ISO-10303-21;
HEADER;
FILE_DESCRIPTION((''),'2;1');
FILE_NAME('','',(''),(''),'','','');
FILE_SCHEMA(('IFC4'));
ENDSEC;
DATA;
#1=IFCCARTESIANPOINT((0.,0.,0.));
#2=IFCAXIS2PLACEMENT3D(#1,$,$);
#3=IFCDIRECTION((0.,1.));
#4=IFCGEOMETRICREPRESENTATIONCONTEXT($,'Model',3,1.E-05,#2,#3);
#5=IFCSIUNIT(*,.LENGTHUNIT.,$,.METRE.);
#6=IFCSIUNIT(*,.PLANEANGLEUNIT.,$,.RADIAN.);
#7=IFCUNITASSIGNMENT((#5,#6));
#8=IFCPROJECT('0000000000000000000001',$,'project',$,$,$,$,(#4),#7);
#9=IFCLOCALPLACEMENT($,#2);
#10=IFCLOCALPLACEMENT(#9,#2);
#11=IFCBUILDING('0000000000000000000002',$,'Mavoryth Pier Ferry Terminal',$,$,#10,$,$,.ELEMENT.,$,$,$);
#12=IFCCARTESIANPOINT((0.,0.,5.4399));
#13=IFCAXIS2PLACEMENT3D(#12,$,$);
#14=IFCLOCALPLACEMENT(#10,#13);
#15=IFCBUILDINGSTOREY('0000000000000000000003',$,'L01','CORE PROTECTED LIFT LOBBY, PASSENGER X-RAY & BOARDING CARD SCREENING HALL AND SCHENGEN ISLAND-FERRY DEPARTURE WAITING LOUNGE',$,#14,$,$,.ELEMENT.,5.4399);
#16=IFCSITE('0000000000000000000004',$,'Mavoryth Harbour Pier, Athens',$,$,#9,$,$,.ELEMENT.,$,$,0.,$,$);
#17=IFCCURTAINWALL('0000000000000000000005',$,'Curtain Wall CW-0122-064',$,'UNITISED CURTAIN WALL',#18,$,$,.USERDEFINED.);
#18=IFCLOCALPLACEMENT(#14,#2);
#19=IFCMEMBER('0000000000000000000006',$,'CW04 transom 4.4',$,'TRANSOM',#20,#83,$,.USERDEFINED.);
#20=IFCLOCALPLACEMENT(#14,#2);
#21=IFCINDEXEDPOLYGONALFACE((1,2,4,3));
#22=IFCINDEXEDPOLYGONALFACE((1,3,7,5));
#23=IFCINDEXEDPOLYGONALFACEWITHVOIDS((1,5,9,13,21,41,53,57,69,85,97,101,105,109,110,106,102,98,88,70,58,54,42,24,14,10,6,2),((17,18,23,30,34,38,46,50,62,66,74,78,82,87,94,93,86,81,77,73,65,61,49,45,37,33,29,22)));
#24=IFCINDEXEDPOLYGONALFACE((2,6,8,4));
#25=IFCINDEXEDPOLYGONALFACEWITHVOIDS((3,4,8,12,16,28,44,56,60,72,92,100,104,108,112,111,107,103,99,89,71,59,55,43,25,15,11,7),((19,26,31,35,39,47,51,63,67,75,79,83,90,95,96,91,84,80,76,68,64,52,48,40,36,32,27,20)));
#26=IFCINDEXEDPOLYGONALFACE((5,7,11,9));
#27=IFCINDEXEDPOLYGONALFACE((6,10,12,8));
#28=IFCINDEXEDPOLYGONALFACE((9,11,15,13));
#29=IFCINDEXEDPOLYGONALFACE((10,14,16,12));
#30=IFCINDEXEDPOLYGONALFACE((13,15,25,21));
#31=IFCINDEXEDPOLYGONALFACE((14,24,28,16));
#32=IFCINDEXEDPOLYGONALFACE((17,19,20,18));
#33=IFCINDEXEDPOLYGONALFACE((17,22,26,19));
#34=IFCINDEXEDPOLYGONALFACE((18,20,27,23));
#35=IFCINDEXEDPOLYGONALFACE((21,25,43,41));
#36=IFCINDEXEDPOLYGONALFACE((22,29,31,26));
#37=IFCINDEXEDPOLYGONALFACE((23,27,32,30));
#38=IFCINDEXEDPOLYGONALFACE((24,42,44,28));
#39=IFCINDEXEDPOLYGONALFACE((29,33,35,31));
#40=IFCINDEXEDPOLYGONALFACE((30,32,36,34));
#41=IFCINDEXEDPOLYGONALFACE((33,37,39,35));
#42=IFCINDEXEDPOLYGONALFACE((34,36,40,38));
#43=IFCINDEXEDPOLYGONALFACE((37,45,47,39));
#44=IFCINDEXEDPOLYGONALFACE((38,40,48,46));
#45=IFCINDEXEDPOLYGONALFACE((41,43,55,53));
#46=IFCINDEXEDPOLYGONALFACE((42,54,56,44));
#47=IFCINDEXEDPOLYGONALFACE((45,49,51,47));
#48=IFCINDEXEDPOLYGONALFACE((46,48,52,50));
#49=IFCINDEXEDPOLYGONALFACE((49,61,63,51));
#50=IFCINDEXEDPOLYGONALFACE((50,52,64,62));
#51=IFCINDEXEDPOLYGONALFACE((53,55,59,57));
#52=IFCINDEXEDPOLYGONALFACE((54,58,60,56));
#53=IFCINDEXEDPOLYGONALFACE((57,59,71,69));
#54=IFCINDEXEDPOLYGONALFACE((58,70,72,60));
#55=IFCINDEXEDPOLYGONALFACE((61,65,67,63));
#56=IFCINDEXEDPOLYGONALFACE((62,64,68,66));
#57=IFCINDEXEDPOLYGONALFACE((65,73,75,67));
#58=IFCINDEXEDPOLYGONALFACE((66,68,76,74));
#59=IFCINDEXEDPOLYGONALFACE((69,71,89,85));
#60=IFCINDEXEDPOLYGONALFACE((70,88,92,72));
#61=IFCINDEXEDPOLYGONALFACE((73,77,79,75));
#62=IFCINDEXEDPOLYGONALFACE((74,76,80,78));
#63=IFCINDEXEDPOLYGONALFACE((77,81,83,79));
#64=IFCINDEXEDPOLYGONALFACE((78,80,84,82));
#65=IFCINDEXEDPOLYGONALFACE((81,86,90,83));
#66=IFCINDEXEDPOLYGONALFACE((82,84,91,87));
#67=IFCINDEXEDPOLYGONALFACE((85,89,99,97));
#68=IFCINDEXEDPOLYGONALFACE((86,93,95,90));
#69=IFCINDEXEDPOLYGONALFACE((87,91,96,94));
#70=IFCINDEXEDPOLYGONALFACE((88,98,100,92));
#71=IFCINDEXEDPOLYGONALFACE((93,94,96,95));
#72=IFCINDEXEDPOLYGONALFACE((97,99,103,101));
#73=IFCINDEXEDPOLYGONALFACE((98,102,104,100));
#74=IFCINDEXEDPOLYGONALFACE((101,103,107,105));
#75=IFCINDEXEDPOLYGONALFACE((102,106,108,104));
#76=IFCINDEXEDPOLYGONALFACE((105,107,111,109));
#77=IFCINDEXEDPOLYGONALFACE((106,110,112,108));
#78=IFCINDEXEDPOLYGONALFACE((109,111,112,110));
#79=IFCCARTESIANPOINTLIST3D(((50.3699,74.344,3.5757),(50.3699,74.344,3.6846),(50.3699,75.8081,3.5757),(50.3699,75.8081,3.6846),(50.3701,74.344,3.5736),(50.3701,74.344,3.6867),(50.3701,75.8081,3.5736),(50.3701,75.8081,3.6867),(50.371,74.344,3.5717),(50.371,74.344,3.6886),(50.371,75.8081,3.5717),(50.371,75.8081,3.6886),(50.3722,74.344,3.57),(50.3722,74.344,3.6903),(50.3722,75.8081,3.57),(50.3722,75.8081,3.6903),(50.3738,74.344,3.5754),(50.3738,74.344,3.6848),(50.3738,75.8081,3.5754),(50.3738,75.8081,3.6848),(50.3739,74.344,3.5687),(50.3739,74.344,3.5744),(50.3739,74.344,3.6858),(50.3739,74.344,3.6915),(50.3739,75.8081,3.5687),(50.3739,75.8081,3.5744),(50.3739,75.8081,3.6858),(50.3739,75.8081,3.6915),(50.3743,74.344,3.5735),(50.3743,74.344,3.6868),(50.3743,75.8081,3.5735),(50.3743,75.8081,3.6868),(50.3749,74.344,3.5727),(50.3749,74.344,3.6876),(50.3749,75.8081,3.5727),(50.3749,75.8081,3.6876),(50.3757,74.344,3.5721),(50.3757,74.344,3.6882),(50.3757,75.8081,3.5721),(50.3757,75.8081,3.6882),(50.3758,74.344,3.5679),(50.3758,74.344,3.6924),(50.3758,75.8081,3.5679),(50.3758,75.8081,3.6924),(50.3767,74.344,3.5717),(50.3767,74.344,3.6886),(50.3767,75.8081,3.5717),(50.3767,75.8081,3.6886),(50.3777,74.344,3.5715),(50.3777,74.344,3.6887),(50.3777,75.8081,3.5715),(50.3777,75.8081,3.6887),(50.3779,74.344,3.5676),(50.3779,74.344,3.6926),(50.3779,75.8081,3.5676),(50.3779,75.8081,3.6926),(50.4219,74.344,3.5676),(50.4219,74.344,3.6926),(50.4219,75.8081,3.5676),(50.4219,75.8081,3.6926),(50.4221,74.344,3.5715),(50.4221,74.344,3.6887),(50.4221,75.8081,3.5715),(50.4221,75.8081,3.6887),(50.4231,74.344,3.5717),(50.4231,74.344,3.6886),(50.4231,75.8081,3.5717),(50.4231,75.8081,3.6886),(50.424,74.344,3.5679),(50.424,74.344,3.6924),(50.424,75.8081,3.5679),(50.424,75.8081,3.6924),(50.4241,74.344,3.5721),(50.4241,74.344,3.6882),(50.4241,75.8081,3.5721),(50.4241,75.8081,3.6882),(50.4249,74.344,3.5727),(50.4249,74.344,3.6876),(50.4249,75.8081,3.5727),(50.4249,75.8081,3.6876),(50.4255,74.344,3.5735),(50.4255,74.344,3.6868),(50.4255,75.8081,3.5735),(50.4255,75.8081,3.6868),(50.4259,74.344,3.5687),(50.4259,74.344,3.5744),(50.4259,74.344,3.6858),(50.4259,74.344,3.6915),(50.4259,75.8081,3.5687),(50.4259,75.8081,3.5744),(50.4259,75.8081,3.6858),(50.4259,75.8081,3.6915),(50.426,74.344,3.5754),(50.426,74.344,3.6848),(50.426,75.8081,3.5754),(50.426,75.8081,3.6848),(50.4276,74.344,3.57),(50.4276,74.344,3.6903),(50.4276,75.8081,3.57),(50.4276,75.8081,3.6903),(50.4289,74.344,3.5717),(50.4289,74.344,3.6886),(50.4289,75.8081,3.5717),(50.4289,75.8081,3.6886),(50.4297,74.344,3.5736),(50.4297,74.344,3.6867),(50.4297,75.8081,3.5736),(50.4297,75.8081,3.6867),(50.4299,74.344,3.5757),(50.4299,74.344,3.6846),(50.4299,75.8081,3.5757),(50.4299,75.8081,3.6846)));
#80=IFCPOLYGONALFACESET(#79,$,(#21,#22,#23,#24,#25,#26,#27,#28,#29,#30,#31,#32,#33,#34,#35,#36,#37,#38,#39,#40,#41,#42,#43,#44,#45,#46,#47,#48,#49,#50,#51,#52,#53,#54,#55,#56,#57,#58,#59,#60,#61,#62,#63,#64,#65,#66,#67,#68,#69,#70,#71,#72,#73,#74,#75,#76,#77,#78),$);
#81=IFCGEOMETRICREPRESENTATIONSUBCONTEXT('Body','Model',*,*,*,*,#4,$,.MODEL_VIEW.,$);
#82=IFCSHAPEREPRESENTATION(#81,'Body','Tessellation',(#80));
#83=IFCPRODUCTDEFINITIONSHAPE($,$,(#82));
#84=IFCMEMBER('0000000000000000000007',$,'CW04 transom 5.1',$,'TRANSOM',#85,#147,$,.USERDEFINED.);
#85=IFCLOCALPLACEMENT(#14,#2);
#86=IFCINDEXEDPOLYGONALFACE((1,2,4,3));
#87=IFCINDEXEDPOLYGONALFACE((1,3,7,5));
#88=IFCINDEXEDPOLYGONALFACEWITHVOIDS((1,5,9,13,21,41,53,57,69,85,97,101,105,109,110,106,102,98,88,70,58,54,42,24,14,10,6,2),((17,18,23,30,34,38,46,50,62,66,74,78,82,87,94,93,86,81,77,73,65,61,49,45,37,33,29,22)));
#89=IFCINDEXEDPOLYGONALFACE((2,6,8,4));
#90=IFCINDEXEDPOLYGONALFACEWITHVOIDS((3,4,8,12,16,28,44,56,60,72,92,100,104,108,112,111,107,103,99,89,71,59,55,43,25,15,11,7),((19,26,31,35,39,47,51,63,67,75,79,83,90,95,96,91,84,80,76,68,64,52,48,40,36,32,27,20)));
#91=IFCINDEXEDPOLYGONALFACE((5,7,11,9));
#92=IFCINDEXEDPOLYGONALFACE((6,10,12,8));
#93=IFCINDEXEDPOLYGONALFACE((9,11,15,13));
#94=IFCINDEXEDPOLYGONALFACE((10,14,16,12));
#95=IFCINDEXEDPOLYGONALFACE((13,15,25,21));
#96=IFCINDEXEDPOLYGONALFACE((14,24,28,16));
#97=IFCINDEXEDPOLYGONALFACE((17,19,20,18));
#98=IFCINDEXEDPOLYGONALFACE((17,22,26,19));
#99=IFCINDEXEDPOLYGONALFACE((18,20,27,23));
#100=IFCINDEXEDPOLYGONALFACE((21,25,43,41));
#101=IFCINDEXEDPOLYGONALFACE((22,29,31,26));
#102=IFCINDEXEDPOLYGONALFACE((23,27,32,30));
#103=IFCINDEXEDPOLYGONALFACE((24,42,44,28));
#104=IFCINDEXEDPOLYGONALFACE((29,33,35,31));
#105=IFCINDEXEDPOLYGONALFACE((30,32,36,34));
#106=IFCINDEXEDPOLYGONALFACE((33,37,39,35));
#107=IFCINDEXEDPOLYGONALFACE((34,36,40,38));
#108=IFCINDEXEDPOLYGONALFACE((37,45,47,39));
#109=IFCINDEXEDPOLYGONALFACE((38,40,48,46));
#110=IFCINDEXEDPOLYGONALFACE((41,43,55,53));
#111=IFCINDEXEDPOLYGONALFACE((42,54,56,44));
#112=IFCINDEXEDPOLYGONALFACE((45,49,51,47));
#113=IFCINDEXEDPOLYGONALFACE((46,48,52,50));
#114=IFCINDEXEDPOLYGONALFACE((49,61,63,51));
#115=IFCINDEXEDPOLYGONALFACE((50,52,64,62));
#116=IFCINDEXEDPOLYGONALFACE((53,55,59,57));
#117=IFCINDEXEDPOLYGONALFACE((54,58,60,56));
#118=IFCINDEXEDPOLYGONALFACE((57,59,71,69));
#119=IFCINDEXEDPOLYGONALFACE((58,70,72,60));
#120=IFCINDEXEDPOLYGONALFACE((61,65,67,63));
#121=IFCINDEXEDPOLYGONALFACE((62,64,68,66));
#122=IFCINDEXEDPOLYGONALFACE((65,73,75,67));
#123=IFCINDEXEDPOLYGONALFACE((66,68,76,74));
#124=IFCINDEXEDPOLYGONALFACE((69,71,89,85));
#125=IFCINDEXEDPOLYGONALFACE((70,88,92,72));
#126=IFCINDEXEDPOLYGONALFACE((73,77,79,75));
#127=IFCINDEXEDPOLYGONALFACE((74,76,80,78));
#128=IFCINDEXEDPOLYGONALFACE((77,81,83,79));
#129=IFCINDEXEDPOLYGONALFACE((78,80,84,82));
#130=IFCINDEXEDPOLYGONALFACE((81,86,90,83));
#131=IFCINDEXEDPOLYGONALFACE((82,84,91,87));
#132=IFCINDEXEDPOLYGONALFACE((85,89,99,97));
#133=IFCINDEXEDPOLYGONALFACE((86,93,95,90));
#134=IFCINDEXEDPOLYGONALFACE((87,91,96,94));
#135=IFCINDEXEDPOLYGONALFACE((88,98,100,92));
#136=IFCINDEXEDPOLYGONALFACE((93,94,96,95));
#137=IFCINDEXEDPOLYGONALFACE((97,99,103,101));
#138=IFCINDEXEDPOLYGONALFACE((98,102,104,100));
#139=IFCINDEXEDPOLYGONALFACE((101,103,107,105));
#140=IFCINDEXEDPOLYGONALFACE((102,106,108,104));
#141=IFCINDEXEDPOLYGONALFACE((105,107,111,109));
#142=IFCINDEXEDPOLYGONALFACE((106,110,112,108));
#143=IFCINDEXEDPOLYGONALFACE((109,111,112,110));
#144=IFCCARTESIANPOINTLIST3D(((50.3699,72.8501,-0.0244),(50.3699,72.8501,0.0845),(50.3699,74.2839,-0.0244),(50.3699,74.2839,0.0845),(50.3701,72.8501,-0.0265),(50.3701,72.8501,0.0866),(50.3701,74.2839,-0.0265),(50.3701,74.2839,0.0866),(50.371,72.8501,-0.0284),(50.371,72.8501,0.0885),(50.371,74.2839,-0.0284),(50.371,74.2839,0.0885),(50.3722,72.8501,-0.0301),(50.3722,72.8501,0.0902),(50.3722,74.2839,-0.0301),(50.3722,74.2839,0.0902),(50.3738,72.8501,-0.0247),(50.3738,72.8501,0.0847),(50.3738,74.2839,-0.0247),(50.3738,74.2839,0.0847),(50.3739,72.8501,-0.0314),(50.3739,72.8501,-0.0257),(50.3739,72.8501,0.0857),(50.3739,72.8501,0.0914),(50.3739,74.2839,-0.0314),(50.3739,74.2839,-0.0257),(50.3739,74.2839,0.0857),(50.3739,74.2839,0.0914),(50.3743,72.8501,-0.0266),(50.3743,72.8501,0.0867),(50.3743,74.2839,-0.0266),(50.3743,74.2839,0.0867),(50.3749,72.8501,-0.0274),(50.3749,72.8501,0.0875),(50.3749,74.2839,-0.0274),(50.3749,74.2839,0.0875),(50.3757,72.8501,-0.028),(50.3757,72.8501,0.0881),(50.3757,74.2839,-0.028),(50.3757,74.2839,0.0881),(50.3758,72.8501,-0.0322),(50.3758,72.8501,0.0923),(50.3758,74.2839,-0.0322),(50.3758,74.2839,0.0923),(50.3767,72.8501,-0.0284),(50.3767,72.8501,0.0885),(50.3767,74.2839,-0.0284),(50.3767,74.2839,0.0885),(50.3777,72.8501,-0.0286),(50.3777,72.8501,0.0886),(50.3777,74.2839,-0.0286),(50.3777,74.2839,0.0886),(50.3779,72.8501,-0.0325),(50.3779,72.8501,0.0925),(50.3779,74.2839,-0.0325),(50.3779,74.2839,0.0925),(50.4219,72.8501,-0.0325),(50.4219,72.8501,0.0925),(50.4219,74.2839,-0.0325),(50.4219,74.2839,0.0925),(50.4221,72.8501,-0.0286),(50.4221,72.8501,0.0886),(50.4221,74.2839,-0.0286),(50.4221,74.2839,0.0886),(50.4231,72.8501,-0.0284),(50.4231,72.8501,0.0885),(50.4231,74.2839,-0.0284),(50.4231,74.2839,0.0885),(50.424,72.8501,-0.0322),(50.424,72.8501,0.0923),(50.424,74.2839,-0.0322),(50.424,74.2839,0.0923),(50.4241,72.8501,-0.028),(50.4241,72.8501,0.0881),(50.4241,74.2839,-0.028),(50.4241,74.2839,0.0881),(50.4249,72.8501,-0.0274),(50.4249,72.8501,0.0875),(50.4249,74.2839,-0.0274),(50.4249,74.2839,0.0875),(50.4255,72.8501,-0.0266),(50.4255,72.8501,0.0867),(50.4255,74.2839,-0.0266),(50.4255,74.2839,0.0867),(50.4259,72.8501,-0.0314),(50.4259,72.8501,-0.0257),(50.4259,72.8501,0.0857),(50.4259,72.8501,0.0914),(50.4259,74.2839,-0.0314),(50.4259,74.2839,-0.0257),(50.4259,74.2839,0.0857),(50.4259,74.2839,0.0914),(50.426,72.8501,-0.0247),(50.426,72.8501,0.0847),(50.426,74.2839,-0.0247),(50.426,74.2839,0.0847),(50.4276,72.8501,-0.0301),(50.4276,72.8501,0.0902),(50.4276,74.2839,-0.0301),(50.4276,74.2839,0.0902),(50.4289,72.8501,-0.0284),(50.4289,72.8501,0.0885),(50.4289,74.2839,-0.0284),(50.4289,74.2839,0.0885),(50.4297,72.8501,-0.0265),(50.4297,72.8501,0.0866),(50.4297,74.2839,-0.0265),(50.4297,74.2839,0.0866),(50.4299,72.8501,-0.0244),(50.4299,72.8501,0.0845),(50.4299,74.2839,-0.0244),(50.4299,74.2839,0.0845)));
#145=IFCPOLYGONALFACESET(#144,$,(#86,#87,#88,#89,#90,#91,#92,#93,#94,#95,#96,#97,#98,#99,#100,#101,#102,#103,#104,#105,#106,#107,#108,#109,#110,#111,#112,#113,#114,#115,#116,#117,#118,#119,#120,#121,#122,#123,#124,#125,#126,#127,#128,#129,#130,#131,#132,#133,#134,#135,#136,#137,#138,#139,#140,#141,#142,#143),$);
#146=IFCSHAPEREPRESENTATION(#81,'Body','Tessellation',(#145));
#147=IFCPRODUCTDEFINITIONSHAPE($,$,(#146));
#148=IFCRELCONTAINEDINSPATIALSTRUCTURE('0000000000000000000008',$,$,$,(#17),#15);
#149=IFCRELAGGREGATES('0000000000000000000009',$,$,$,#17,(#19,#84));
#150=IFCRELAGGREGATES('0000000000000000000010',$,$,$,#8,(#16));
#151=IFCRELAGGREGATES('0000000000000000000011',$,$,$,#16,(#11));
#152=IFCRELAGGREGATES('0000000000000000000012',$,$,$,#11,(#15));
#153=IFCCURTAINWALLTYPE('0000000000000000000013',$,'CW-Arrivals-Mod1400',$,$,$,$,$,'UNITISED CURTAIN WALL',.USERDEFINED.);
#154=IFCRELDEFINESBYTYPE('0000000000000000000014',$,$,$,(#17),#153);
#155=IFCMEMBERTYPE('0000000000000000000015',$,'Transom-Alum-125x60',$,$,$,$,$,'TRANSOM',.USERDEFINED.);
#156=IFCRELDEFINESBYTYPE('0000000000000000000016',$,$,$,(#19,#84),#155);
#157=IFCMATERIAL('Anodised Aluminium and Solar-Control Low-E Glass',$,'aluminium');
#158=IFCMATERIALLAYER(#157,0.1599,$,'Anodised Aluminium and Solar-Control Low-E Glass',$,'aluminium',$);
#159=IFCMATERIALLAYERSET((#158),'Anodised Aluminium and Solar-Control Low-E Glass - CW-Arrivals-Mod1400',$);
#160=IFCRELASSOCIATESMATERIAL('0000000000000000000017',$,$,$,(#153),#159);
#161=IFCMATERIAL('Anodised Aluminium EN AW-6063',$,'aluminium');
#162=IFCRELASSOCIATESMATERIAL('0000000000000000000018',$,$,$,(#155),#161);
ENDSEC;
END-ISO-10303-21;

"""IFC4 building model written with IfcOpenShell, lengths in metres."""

from ifc_helpers import new_model, si_unit, direction, frame, origin, origin_2d, place, context, subcontext, project, spatial, hollow_rectangle, extrude, material, layer, layer_set, material_profile, profile_set, type_object, element, aggregate, save


model = new_model("IFC4")

# Units and contexts
model_context = context("Model", 3, precision=1e-05, world=origin(), true_north=direction((0.0, 1.0)))
body_context = subcontext(model_context, "Body", "Model", "MODEL_VIEW")
ifc_project = project(units=[si_unit("LENGTHUNIT", "METRE"), si_unit("PLANEANGLEUNIT", "RADIAN")], contexts=[model_context])

# Site, building, storey
site_placement = place(None, origin())
site = spatial("IfcSite", under=ifc_project, at=site_placement, Name="Mavoryth Harbour Pier, Athens", CompositionType="ELEMENT", RefElevation=0.0)
building_placement = place(site_placement, origin())
building = spatial("IfcBuilding", under=site, at=building_placement, Name="Mavoryth Pier Ferry Terminal", CompositionType="ELEMENT")
storey_placement = place(building_placement, frame((0.0, 0.0, 5.4399)))
storey = spatial("IfcBuildingStorey", under=building, at=storey_placement, Name="L01", Description="CORE PROTECTED LIFT LOBBY, PASSENGER X-RAY & BOARDING CARD SCREENING HALL AND SCHENGEN ISLAND-FERRY DEPARTURE WAITING LOUNGE", CompositionType="ELEMENT", Elevation=5.4399)

# Curtain wall, members
ifc_material_1 = material(Name="Anodised Aluminium and Solar-Control Low-E Glass", Category="aluminium")
ifc_layer_1 = layer(ifc_material_1, 0.1599, Name="Anodised Aluminium and Solar-Control Low-E Glass", Category="aluminium")
ifc_layer_set_1 = layer_set([ifc_layer_1], Name="Anodised Aluminium and Solar-Control Low-E Glass - CW-Arrivals-Mod1400")
curtain_wall_type = type_object("IfcCurtainWallType", Name="CW-Arrivals-Mod1400", ElementType="UNITISED CURTAIN WALL", PredefinedType="USERDEFINED", material=ifc_layer_set_1)
curtain_wall_placement = place(storey_placement, origin())
curtain_wall = element("IfcCurtainWall", 1, at=curtain_wall_placement, inside=storey, type_object=curtain_wall_type, Name="Curtain Wall CW-0122-064", ObjectType="UNITISED CURTAIN WALL", PredefinedType="USERDEFINED")
ifc_material_2 = material(Name="Anodised Aluminium EN AW-6063", Category="aluminium")
ifc_material_profile_1 = material_profile(ifc_material_2, hollow_rectangle(XDim=0.0601, YDim=0.125, WallThickness=0.0039, InnerFilletRadius=0.0039, OuterFilletRadius=0.0081, at=origin_2d()), Name="AL-TRAN 125x60x4", Category="aluminium")
ifc_profile_set_1 = profile_set([ifc_material_profile_1], Name="Anodised Aluminium EN AW-6063 - AL-TRAN 125x60x4")
member_type_1 = type_object("IfcMemberType", Name="Transom-Alum-125x60", ElementType="TRANSOM", PredefinedType="USERDEFINED", material=ifc_profile_set_1)
member_1_placement = place(storey_placement, frame((50.3999, 75.8081, 3.6301), z_axis=(0.0, -1.0, 0.0), x_axis=(1.0, 0.0, 0.0)))
member_1 = element("IfcMember", 2, at=member_1_placement, type_object=member_type_1, Name="CW04 transom 4.4", ObjectType="TRANSOM", PredefinedType="USERDEFINED", context=body_context, shape_type="SweptSolid", body=[
    extrude(hollow_rectangle(XDim=0.0601, YDim=0.125, WallThickness=0.0039, InnerFilletRadius=0.0039, OuterFilletRadius=0.0081, at=origin_2d()), origin(), (0.0, 0.0, 1.0), 1.4641),
])
member_2_placement = place(storey_placement, frame((50.3999, 74.2839, 0.03), z_axis=(0.0, -1.0, 0.0), x_axis=(1.0, 0.0, 0.0)))
member_2 = element("IfcMember", 3, at=member_2_placement, type_object=member_type_1, Name="CW04 transom 5.1", ObjectType="TRANSOM", PredefinedType="USERDEFINED", context=body_context, shape_type="SweptSolid", body=[
    extrude(hollow_rectangle(XDim=0.0601, YDim=0.125, WallThickness=0.0039, InnerFilletRadius=0.0039, OuterFilletRadius=0.0081, at=origin_2d()), origin(), (0.0, 0.0, 1.0), 1.4338),
])
aggregate(curtain_wall, [member_1, member_2])

save(model, "model.ifc")
